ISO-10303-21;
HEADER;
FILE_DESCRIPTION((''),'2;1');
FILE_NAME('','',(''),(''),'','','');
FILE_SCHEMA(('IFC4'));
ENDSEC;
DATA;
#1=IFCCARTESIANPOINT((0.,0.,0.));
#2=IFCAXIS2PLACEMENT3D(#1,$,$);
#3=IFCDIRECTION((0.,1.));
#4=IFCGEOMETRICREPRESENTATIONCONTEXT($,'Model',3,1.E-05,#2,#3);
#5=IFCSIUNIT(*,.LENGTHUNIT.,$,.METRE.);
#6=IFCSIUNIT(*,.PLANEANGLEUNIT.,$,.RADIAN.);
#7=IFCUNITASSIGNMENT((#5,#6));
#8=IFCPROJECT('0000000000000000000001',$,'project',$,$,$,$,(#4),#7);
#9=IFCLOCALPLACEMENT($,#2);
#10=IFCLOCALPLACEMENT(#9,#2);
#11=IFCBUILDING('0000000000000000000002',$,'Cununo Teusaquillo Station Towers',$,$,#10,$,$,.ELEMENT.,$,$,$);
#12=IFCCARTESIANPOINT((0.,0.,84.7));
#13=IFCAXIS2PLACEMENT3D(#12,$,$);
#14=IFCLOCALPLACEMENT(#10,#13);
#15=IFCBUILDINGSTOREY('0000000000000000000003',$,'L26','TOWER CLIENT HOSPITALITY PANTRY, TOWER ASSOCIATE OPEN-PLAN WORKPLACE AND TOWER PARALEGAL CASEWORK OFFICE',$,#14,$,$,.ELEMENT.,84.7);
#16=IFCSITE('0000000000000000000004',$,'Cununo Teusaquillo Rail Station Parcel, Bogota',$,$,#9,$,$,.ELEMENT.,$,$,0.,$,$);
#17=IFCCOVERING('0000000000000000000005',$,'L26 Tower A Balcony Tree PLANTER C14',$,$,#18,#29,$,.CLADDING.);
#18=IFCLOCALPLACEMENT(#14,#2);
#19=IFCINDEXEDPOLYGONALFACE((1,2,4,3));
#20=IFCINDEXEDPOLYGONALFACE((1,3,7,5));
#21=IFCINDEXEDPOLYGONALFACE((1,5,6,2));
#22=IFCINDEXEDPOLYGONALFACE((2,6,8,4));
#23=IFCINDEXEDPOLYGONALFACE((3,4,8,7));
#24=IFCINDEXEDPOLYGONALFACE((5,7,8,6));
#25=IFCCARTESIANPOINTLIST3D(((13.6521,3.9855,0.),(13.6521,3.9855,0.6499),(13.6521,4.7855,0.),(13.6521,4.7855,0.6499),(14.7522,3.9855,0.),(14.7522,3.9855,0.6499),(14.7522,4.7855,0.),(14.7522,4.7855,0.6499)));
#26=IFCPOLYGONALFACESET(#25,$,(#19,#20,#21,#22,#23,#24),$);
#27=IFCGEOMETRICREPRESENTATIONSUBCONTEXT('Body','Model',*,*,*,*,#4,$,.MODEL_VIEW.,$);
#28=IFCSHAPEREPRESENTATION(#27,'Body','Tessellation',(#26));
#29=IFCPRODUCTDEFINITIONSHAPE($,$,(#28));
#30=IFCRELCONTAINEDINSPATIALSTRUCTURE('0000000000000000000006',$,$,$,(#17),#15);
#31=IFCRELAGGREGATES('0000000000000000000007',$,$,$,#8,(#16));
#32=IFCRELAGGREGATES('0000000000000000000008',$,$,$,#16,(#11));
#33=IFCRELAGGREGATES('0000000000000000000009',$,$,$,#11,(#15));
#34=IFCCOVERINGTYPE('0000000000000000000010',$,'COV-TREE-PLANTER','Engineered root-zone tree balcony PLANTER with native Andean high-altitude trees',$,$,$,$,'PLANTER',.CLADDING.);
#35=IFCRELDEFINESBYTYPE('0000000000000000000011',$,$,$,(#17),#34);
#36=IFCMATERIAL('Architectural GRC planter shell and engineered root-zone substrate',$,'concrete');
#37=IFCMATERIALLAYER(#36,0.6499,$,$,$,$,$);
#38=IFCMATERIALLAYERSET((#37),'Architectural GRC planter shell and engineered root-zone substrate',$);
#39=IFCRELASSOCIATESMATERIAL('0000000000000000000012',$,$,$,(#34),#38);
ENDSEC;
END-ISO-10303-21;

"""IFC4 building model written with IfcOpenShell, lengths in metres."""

from ifc_helpers import new_model, si_unit, direction, frame, origin, origin_2d, place, context, subcontext, project, spatial, rectangle, extrude, source, transform, mapped, material, layer, layer_set, type_object, element, save


model = new_model("IFC4")

# Units and contexts
model_context = context("Model", 3, precision=1e-05, world=origin(), true_north=direction((0.0, 1.0)))
body_context = subcontext(model_context, "Body", "Model", "MODEL_VIEW")
ifc_project = project(units=[si_unit("LENGTHUNIT", "METRE"), si_unit("PLANEANGLEUNIT", "RADIAN")], contexts=[model_context])

# Site, building, storey
site_placement = place(None, origin())
site = spatial("IfcSite", under=ifc_project, at=site_placement, Name="Cununo Teusaquillo Rail Station Parcel, Bogota", CompositionType="ELEMENT", RefElevation=0.0)
building_placement = place(site_placement, origin())
building = spatial("IfcBuilding", under=site, at=building_placement, Name="Cununo Teusaquillo Station Towers", CompositionType="ELEMENT")
storey_placement = place(building_placement, frame((0.0, 0.0, 84.7)))
storey = spatial("IfcBuildingStorey", under=building, at=storey_placement, Name="L26", Description="TOWER CLIENT HOSPITALITY PANTRY, TOWER ASSOCIATE OPEN-PLAN WORKPLACE AND TOWER PARALEGAL CASEWORK OFFICE", CompositionType="ELEMENT", Elevation=84.7)

# Covering
ifc_material_1 = material(Name="Architectural GRC planter shell and engineered root-zone substrate", Category="concrete")
ifc_layer_1 = layer(ifc_material_1, 0.6499)
ifc_layer_set_1 = layer_set([ifc_layer_1], Name="Architectural GRC planter shell and engineered root-zone substrate")
covering_type = type_object("IfcCoveringType", Name="COV-TREE-PLANTER", Description="Engineered root-zone tree balcony PLANTER with native Andean high-altitude trees", ElementType="PLANTER", PredefinedType="CLADDING", material=ifc_layer_set_1)
shared_shape_1 = source(origin(), body_context, "Body", "SweptSolid", [
    extrude(rectangle(XDim=1.1001, YDim=0.8, at=origin_2d()), origin(), (0.0, 0.0, 1.0), 0.6499),
])
covering_placement = place(storey_placement, frame((14.2021, 4.3855, 0.0), z_axis=(0.0, 0.0, 1.0), x_axis=(1.0, 0.0, 0.0)))
element("IfcCovering", 1, at=covering_placement, inside=storey, type_object=covering_type, Name="L26 Tower A Balcony Tree PLANTER C14", PredefinedType="CLADDING", context=body_context, shape_type="MappedRepresentation", body=[
    mapped(shared_shape_1, transform((0.0, 0.0, 0.0), x_axis=(1.0, 0.0, 0.0), y_axis=(0.0, 1.0, 0.0), z_axis=(0.0, 0.0, 1.0), scale=1.0)),
])

save(model, "model.ifc")
